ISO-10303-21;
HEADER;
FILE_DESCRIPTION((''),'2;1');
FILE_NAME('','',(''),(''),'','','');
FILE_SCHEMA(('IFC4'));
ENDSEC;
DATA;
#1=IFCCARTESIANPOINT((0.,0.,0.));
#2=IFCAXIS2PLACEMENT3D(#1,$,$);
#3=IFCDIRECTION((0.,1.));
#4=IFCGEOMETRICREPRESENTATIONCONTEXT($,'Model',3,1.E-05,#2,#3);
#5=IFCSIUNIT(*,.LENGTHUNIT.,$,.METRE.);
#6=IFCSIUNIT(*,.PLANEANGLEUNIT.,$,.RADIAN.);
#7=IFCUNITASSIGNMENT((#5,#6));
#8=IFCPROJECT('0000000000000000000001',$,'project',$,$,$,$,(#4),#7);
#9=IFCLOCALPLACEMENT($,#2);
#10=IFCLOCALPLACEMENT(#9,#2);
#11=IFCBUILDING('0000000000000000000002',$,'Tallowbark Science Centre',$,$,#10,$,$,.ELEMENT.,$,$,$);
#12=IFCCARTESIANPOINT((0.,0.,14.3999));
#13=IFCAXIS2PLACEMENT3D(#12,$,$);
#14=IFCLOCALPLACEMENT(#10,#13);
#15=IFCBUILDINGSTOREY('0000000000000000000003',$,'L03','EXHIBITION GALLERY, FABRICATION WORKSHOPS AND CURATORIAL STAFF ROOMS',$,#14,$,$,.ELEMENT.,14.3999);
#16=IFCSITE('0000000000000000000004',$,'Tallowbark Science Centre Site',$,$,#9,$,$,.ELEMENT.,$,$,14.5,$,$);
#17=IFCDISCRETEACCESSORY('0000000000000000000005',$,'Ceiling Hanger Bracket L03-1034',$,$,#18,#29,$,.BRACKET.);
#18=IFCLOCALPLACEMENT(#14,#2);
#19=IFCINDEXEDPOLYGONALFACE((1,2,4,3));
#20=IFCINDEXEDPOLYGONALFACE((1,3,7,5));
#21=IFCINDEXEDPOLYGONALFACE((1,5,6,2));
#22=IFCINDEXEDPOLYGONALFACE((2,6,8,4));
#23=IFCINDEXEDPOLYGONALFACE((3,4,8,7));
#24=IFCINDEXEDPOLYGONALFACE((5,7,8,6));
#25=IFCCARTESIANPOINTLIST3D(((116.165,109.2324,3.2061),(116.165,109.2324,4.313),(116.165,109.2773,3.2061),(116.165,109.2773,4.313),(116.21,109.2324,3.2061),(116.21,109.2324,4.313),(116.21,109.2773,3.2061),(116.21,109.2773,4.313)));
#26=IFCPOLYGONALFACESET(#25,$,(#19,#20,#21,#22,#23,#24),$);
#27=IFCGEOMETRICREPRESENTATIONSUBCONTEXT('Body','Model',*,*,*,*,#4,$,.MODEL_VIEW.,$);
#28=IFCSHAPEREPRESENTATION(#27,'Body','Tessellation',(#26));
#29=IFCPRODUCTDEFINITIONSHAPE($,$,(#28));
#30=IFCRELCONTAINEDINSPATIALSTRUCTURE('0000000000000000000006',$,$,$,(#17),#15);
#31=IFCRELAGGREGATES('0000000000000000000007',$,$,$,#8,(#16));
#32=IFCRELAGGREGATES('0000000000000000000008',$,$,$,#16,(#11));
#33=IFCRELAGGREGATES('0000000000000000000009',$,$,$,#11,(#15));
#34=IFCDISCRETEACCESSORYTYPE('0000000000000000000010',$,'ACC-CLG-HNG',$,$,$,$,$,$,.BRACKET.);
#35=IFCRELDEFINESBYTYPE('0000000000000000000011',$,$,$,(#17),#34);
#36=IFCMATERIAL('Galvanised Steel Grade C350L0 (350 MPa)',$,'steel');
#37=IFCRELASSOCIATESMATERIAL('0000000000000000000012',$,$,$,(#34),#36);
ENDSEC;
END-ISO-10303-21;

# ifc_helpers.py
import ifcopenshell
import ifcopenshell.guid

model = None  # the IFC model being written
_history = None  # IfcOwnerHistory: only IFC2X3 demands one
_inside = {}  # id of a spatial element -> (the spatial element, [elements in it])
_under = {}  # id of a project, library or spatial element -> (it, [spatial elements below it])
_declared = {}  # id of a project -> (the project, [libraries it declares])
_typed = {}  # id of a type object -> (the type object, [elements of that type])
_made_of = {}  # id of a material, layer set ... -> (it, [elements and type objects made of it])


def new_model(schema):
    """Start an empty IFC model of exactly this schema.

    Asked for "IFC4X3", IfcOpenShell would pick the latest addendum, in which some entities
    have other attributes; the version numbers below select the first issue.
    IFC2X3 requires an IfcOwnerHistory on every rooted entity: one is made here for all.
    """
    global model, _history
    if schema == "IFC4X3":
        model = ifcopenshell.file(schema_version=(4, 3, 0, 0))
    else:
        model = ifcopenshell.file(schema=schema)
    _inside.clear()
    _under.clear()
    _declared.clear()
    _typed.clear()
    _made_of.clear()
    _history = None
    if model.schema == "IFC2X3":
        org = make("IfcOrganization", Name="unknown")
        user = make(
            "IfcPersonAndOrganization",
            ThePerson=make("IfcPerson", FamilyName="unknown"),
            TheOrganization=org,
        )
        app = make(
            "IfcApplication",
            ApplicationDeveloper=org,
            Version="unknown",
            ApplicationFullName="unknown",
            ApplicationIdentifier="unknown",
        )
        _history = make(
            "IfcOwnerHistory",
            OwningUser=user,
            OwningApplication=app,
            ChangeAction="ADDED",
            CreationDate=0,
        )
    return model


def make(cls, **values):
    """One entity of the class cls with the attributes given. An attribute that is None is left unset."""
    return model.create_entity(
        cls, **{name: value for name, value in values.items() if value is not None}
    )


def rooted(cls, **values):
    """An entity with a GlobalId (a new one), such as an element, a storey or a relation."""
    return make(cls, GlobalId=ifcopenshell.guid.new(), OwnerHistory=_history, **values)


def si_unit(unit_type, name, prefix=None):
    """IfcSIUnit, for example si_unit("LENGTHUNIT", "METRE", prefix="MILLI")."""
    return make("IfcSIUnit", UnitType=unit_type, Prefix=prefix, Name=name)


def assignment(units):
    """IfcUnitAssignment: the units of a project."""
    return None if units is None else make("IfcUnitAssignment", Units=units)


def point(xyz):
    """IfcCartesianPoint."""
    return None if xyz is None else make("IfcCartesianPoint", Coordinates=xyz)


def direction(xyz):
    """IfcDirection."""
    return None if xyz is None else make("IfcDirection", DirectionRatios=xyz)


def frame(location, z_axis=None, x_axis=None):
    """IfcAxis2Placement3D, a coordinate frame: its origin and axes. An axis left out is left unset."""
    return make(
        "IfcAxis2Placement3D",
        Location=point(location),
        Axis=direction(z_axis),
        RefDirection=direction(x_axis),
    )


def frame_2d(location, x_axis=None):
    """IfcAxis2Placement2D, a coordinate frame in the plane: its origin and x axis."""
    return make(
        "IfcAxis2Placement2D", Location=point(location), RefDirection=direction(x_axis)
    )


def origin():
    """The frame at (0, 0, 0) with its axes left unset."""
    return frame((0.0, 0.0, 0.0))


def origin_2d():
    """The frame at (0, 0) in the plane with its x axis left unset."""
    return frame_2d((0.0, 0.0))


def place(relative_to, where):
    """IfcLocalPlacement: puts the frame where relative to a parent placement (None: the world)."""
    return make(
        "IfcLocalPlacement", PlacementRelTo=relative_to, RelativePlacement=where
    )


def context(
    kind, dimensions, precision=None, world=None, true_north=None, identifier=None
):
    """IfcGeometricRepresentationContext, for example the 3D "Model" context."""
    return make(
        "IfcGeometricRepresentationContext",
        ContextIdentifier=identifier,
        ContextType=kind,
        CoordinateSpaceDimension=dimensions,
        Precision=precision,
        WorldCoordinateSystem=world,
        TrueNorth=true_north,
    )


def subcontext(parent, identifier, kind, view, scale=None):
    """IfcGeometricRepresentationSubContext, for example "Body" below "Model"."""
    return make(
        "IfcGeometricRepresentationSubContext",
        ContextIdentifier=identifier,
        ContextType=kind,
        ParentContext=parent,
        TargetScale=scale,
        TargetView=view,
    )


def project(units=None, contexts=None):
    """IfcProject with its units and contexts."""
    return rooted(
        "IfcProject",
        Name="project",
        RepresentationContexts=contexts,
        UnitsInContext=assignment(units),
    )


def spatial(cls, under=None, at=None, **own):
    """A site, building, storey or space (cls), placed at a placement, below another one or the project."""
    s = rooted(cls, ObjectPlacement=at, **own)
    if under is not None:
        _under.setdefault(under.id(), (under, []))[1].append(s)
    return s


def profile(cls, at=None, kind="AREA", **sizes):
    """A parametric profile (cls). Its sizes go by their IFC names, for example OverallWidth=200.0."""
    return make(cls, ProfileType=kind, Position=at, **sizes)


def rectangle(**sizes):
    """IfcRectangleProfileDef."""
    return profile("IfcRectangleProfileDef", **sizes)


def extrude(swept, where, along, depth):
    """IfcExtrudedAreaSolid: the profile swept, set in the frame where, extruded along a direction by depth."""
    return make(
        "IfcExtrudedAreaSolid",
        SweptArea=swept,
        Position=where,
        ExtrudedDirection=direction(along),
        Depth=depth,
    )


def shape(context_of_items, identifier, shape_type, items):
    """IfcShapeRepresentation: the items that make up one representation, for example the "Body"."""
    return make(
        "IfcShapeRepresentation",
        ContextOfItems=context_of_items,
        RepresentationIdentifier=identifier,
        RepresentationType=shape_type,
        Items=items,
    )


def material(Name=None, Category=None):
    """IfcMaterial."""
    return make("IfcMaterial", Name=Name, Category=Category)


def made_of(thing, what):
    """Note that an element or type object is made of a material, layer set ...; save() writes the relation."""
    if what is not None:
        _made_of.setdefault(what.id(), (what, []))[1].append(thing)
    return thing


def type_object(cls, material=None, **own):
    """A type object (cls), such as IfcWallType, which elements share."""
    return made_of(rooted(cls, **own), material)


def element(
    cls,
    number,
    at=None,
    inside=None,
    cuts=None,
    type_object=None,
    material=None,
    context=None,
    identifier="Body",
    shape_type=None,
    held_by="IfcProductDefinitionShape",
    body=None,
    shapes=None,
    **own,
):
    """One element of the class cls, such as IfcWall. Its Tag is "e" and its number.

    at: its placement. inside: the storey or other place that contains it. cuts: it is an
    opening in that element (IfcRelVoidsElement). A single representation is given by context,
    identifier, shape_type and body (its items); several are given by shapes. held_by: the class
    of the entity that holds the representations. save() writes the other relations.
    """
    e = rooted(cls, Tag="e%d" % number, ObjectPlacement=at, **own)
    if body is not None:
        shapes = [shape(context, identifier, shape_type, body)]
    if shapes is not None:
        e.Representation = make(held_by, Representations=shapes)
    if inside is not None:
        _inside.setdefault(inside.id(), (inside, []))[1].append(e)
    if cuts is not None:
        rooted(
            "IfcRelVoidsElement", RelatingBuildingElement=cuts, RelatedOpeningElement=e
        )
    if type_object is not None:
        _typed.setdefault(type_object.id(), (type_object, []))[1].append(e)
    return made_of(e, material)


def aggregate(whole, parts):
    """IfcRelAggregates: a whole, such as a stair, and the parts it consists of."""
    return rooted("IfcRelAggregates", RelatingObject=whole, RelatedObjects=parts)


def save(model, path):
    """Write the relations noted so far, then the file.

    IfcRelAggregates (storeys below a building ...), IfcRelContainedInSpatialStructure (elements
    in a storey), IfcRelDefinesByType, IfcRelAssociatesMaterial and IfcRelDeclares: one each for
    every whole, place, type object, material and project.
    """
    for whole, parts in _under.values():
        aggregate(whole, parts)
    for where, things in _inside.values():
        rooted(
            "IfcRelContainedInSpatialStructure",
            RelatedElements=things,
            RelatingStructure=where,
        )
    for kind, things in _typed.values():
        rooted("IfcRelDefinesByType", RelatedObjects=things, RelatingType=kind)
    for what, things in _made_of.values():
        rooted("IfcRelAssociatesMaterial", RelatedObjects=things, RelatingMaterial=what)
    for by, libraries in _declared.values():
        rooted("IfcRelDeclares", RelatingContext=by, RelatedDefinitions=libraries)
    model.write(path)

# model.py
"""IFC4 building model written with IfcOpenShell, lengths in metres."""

from ifc_helpers import new_model, si_unit, direction, frame, origin, origin_2d, place, context, subcontext, project, spatial, rectangle, extrude, material, type_object, element, save


model = new_model("IFC4")

# Units and contexts
model_context = context("Model", 3, precision=1e-05, world=origin(), true_north=direction((0.0, 1.0)))
body_context = subcontext(model_context, "Body", "Model", "MODEL_VIEW")
ifc_project = project(units=[si_unit("LENGTHUNIT", "METRE"), si_unit("PLANEANGLEUNIT", "RADIAN")], contexts=[model_context])

# Site, building, storey
site_placement = place(None, origin())
site = spatial("IfcSite", under=ifc_project, at=site_placement, Name="Tallowbark Science Centre Site", CompositionType="ELEMENT", RefElevation=14.5)
building_placement = place(site_placement, origin())
building = spatial("IfcBuilding", under=site, at=building_placement, Name="Tallowbark Science Centre", CompositionType="ELEMENT")
storey_placement = place(building_placement, frame((0.0, 0.0, 14.3999)))
storey = spatial("IfcBuildingStorey", under=building, at=storey_placement, Name="L03", Description="EXHIBITION GALLERY, FABRICATION WORKSHOPS AND CURATORIAL STAFF ROOMS", CompositionType="ELEMENT", Elevation=14.3999)

# Discrete accessory
ifc_material_1 = material(Name="Galvanised Steel Grade C350L0 (350 MPa)", Category="steel")
discrete_accessory_type = type_object("IfcDiscreteAccessoryType", Name="ACC-CLG-HNG", PredefinedType="BRACKET", material=ifc_material_1)
discrete_accessory_placement = place(storey_placement, frame((116.1875, 109.2549, 3.2061), z_axis=(0.0, 0.0, 1.0), x_axis=(1.0, 0.0, 0.0)))
element("IfcDiscreteAccessory", 1, at=discrete_accessory_placement, inside=storey, type_object=discrete_accessory_type, Name="Ceiling Hanger Bracket L03-1034", PredefinedType="BRACKET", context=body_context, shape_type="SweptSolid", body=[
    extrude(rectangle(XDim=0.0449, YDim=0.0449, at=origin_2d()), origin(), (0.0, 0.0, 1.0), 1.1069),
])

save(model, "model.ifc")
